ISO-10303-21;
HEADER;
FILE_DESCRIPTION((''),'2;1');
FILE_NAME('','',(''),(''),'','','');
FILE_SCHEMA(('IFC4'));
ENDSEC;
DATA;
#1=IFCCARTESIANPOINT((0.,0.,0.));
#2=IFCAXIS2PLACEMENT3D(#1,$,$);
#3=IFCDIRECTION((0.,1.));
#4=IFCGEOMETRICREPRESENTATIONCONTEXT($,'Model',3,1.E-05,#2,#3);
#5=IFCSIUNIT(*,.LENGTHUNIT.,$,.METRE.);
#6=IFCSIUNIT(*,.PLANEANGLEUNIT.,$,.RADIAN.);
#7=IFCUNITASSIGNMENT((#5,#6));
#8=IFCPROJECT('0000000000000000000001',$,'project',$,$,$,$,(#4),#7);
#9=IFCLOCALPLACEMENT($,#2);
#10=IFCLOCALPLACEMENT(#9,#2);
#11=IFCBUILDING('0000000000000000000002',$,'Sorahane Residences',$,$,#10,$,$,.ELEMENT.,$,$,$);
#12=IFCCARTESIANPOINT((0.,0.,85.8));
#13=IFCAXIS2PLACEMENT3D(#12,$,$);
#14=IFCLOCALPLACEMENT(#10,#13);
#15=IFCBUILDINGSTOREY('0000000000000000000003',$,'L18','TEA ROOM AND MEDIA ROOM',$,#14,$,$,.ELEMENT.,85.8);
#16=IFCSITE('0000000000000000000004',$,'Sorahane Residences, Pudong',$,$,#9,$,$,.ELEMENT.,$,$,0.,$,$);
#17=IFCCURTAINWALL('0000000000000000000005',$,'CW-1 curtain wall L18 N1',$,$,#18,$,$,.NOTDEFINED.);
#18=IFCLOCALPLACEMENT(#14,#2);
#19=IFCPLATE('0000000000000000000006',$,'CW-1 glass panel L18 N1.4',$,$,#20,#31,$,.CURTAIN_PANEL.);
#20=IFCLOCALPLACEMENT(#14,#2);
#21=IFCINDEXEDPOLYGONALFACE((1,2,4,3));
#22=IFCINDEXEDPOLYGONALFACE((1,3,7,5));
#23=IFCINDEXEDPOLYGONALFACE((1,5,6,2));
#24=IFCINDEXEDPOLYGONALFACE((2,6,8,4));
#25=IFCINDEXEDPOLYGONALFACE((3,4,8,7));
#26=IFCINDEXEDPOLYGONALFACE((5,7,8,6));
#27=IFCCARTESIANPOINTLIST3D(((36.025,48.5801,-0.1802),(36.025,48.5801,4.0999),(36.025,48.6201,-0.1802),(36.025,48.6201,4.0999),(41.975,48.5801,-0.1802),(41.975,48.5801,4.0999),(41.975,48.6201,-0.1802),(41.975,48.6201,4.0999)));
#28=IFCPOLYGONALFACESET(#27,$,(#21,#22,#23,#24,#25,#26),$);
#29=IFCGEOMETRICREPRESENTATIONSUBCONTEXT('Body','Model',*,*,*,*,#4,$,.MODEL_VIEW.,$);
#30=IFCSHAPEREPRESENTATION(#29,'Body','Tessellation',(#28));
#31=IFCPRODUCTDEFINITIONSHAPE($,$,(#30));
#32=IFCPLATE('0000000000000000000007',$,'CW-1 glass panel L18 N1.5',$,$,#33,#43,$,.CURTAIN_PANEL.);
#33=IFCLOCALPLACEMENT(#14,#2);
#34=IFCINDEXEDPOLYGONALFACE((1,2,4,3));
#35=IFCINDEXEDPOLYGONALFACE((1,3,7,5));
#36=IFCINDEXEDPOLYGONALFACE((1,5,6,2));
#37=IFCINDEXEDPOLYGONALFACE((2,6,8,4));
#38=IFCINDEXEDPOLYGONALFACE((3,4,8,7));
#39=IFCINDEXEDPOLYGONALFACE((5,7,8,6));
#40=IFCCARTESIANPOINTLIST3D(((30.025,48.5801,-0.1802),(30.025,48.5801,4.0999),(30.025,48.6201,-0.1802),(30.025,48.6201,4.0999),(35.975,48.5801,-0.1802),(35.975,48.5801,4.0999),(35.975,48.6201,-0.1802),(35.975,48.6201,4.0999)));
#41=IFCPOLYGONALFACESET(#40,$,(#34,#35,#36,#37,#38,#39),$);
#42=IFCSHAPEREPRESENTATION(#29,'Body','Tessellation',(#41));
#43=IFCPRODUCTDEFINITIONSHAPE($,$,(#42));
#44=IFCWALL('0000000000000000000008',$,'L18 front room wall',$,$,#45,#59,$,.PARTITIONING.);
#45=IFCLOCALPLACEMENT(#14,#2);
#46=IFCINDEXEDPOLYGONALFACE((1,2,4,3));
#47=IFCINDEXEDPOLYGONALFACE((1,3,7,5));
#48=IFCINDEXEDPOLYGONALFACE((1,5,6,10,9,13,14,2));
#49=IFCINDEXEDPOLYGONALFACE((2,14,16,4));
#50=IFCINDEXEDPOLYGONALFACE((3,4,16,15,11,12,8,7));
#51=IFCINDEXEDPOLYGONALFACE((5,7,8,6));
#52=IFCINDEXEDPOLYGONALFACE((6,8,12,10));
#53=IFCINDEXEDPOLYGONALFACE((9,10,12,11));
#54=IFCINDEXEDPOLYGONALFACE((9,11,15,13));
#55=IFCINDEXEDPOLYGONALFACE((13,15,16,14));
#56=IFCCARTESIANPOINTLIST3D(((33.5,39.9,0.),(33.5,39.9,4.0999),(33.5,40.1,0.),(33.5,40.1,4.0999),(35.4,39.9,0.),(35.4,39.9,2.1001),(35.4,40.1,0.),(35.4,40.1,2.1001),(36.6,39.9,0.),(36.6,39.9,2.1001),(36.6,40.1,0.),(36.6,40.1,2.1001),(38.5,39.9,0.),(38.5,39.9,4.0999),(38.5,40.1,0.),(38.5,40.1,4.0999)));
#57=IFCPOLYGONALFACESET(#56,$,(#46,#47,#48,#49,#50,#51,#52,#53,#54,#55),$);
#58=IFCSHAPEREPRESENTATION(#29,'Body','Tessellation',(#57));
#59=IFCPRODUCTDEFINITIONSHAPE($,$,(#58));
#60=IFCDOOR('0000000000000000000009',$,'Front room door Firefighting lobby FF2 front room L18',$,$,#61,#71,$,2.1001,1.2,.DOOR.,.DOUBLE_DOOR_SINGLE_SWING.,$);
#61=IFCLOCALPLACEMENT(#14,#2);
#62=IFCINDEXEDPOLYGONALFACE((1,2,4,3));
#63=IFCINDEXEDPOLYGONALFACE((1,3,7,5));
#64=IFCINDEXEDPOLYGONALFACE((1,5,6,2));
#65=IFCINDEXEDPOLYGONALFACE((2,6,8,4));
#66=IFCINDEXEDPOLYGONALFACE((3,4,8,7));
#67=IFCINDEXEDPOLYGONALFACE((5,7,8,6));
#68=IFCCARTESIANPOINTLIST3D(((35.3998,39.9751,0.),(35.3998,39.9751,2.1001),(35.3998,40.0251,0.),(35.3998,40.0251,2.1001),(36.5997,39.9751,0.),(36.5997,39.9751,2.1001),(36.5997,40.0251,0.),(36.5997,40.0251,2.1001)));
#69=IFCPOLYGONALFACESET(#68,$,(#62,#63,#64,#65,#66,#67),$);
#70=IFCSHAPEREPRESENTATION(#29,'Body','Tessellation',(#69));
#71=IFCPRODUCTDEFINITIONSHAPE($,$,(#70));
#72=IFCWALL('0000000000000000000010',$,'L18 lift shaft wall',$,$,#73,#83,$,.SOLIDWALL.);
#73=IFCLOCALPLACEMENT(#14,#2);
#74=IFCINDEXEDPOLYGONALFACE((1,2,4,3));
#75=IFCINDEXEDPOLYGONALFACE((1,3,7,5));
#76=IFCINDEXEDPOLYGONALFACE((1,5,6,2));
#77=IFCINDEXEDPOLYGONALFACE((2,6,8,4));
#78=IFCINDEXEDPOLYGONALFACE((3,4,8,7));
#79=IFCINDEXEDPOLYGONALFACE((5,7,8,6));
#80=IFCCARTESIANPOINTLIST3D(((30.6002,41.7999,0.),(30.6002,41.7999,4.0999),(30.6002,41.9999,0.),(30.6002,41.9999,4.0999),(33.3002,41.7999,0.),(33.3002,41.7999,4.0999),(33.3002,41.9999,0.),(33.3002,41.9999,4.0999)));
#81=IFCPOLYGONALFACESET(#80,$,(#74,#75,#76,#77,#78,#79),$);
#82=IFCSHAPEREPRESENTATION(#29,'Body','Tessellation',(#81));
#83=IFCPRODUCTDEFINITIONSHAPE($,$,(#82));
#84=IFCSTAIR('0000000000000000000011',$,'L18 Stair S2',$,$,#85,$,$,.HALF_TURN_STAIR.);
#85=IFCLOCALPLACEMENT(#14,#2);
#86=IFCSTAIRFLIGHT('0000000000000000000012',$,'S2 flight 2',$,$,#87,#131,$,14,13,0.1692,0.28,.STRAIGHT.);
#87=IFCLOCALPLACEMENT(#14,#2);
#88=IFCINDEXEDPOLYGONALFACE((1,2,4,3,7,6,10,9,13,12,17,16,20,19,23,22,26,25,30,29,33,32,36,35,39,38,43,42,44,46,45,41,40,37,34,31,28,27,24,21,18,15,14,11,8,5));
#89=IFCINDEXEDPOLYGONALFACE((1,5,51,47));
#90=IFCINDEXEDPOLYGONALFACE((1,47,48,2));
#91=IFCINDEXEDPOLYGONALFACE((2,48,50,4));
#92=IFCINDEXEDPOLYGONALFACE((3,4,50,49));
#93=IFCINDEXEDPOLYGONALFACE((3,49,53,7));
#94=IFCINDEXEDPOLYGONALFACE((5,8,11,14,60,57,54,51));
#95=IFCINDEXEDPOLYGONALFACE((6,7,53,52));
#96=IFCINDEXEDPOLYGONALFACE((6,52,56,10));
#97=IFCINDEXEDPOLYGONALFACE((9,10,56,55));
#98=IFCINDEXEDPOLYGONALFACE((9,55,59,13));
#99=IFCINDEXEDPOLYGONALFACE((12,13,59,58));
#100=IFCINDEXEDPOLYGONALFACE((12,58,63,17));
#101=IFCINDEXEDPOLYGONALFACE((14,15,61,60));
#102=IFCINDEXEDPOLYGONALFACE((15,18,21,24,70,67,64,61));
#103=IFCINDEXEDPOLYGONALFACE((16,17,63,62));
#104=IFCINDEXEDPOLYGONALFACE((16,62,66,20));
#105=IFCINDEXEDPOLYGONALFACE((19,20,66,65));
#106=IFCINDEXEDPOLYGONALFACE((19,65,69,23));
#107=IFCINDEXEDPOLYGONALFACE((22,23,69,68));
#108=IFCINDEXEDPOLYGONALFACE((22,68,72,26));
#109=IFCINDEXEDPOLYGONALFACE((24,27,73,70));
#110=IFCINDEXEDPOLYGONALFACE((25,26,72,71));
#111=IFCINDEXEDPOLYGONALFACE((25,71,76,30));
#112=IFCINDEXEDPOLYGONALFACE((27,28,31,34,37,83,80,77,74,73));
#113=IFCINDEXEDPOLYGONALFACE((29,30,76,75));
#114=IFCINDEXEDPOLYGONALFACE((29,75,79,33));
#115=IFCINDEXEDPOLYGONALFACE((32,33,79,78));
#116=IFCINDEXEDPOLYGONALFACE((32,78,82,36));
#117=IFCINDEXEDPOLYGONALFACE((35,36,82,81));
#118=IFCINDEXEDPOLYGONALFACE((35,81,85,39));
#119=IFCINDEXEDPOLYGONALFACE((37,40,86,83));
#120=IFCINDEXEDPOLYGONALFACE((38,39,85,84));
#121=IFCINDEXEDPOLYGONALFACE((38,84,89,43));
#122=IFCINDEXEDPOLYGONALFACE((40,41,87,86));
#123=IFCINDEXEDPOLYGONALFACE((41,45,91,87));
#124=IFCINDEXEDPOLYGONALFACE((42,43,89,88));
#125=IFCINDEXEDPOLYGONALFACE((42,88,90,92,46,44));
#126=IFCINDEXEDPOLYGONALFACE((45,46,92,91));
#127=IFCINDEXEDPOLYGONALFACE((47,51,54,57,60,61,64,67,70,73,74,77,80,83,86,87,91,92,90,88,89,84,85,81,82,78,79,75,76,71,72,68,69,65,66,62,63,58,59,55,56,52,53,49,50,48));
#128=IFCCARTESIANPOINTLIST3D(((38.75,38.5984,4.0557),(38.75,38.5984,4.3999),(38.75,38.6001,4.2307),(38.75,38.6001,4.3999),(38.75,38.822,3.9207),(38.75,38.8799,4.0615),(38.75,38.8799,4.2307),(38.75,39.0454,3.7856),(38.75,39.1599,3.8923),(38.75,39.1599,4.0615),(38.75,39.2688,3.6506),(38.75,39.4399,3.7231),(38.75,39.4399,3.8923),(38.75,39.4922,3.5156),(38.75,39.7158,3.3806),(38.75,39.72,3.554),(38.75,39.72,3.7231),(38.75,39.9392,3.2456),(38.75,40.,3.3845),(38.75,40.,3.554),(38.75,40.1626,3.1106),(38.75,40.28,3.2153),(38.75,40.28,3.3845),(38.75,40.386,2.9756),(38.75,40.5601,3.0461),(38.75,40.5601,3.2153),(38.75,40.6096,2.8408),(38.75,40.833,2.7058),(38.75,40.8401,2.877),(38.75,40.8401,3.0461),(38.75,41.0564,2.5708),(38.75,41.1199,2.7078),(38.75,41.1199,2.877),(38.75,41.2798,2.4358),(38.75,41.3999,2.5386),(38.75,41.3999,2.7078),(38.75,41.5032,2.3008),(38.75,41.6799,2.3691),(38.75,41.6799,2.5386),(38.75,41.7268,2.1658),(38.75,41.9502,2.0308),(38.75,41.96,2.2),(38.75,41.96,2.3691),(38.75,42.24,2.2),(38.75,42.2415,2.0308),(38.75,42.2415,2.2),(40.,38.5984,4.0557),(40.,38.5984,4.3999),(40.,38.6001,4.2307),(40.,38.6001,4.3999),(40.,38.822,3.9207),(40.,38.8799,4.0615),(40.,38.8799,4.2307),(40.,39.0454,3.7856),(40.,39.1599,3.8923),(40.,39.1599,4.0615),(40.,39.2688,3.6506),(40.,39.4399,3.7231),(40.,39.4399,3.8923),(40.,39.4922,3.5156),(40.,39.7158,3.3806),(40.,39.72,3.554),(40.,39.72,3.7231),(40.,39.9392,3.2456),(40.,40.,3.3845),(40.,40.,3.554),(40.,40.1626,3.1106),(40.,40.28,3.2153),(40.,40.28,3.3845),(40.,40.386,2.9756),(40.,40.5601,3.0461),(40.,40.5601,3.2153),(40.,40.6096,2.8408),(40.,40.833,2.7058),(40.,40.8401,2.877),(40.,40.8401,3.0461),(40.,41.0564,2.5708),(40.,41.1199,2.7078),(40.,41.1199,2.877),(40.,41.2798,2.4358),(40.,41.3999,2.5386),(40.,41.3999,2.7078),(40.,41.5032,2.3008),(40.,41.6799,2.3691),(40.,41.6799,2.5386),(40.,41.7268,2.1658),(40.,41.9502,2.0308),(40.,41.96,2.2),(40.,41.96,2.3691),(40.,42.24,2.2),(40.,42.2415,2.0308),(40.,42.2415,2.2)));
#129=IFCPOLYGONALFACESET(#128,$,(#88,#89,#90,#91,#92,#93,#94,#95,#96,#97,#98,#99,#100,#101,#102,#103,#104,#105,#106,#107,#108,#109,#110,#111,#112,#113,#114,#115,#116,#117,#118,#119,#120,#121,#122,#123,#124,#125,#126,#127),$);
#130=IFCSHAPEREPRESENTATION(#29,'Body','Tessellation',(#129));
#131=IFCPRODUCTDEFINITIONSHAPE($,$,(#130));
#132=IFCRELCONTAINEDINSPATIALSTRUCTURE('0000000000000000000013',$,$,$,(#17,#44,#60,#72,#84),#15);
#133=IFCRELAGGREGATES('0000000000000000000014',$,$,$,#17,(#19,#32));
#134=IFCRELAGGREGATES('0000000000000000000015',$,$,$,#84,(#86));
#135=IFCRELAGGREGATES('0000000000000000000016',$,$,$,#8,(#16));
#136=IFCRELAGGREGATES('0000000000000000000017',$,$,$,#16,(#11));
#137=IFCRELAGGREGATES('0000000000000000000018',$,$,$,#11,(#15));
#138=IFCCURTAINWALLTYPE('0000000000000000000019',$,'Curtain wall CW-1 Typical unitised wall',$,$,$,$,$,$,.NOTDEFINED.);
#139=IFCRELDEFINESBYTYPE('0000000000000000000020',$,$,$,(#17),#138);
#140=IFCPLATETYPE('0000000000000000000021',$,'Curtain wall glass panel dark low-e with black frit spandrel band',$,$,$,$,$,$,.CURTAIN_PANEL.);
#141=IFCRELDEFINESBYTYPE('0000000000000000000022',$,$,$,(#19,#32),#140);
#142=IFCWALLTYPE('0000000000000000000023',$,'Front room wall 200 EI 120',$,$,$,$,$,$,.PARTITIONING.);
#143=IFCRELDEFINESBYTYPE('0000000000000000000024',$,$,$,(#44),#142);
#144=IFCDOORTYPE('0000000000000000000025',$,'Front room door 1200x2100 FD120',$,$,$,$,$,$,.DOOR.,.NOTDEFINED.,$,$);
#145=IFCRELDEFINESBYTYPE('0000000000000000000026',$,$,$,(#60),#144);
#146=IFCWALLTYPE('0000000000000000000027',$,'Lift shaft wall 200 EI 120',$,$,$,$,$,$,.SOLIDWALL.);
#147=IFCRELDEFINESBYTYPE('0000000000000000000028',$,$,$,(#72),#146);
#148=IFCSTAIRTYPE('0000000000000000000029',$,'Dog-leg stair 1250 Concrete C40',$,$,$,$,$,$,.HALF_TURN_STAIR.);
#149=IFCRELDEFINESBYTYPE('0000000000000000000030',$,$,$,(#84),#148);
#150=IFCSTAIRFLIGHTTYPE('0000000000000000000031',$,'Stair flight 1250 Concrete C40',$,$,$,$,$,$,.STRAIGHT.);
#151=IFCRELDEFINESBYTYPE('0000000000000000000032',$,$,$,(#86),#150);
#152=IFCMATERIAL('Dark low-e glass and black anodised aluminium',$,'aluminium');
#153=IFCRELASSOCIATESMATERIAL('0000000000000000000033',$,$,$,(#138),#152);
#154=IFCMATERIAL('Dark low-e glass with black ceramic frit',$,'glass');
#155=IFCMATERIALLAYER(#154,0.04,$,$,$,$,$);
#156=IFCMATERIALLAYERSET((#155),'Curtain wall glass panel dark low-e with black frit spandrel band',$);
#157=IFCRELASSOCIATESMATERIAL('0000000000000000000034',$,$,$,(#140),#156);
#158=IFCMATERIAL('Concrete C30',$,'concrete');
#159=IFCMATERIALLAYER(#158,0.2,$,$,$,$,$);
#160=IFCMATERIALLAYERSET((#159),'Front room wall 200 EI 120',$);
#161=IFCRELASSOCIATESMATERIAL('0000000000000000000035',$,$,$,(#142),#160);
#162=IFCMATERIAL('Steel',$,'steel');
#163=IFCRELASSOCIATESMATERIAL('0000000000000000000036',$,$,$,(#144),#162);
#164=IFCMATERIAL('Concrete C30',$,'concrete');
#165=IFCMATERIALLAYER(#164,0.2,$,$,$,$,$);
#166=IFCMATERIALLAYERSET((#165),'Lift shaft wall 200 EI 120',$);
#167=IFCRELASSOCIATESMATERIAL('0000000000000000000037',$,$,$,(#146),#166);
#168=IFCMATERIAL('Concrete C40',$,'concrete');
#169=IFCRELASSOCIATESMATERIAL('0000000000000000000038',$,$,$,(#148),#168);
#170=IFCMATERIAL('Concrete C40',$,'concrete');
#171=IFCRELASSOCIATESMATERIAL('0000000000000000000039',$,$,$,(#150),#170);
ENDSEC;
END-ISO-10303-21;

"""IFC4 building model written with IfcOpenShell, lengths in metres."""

from ifc_helpers import new_model, si_unit, direction, frame, frame_2d, origin, origin_2d, place, context, subcontext, project, spatial, polyline, rectangle, outline, extrude, material, layer, layer_set, type_object, element, fill, aggregate, save


model = new_model("IFC4")

# Units and contexts
model_context = context("Model", 3, precision=1e-05, world=origin(), true_north=direction((0.0, 1.0)))
body_context = subcontext(model_context, "Body", "Model", "MODEL_VIEW")
ifc_project = project(units=[si_unit("LENGTHUNIT", "METRE"), si_unit("PLANEANGLEUNIT", "RADIAN")], contexts=[model_context])

# Site, building, storey
site_placement = place(None, origin())
site = spatial("IfcSite", under=ifc_project, at=site_placement, Name="Sorahane Residences, Pudong", CompositionType="ELEMENT", RefElevation=0.0)
building_placement = place(site_placement, origin())
building = spatial("IfcBuilding", under=site, at=building_placement, Name="Sorahane Residences", CompositionType="ELEMENT")
storey_placement = place(building_placement, frame((0.0, 0.0, 85.8)))
storey = spatial("IfcBuildingStorey", under=building, at=storey_placement, Name="L18", Description="TEA ROOM AND MEDIA ROOM", CompositionType="ELEMENT", Elevation=85.8)

# Curtain wall
ifc_material_1 = material(Name="Dark low-e glass and black anodised aluminium", Category="aluminium")
curtain_wall_type = type_object("IfcCurtainWallType", Name="Curtain wall CW-1 Typical unitised wall", PredefinedType="NOTDEFINED", material=ifc_material_1)
curtain_wall_placement = place(storey_placement, origin())
curtain_wall = element("IfcCurtainWall", 1, at=curtain_wall_placement, inside=storey, type_object=curtain_wall_type, Name="CW-1 curtain wall L18 N1", PredefinedType="NOTDEFINED")

# Plates
ifc_material_2 = material(Name="Dark low-e glass with black ceramic frit", Category="glass")
ifc_layer_1 = layer(ifc_material_2, 0.04)
ifc_layer_set_1 = layer_set([ifc_layer_1], Name="Curtain wall glass panel dark low-e with black frit spandrel band")
plate_type = type_object("IfcPlateType", Name="Curtain wall glass panel dark low-e with black frit spandrel band", PredefinedType="CURTAIN_PANEL", material=ifc_layer_set_1)
plate_1_placement = place(storey_placement, frame((39.0, 48.6001, -0.1802), z_axis=(0.0, 0.0, 1.0), x_axis=(-1.0, 0.0, 0.0)))
plate_1 = element("IfcPlate", 2, at=plate_1_placement, type_object=plate_type, Name="CW-1 glass panel L18 N1.4", PredefinedType="CURTAIN_PANEL", context=body_context, shape_type="SweptSolid", body=[
    extrude(rectangle(XDim=5.95, YDim=0.04, at=origin_2d()), origin(), (0.0, 0.0, 1.0), 4.28),
])
plate_2_placement = place(storey_placement, frame((33.0, 48.6001, -0.1802), z_axis=(0.0, 0.0, 1.0), x_axis=(-1.0, 0.0, 0.0)))
plate_2 = element("IfcPlate", 3, at=plate_2_placement, type_object=plate_type, Name="CW-1 glass panel L18 N1.5", PredefinedType="CURTAIN_PANEL", context=body_context, shape_type="SweptSolid", body=[
    extrude(rectangle(XDim=5.95, YDim=0.04, at=origin_2d()), origin(), (0.0, 0.0, 1.0), 4.28),
])
aggregate(curtain_wall, [plate_1, plate_2])

# Wall, opening, door
ifc_material_3 = material(Name="Concrete C30", Category="concrete")
ifc_layer_2 = layer(ifc_material_3, 0.2)
ifc_layer_set_2 = layer_set([ifc_layer_2], Name="Front room wall 200 EI 120")
wall_type_1 = type_object("IfcWallType", Name="Front room wall 200 EI 120", PredefinedType="PARTITIONING", material=ifc_layer_set_2)
wall_1_placement = place(storey_placement, frame((33.5, 40.0, 0.0), z_axis=(0.0, 0.0, 1.0), x_axis=(1.0, 0.0, 0.0)))
wall_1 = element("IfcWall", 4, at=wall_1_placement, inside=storey, type_object=wall_type_1, Name="L18 front room wall", PredefinedType="PARTITIONING", context=body_context, shape_type="SweptSolid", body=[
    extrude(rectangle(XDim=5.0, YDim=0.2, at=frame_2d((2.5, 0.0))), origin(), (0.0, 0.0, 1.0), 4.0999),
])
opening_placement = place(wall_1_placement, frame((1.8999, 0.0, 0.0)))
opening = element("IfcOpeningElement", 5, at=opening_placement, cuts=wall_1, PredefinedType="OPENING", context=body_context, shape_type="SweptSolid", body=[
    extrude(rectangle(XDim=1.2, YDim=2.1001, at=frame_2d((0.6001, 1.05))), frame((0.0, 0.1099, 0.0), z_axis=(0.0, -1.0, 0.0), x_axis=(1.0, 0.0, 0.0)), (0.0, 0.0, 1.0), 0.22),
])
ifc_material_4 = material(Name="Steel", Category="steel")
door_type = type_object("IfcDoorType", Name="Front room door 1200x2100 FD120", OperationType="NOTDEFINED", PredefinedType="DOOR", material=ifc_material_4)
door_placement = place(opening_placement, frame((1.2, 0.0, 0.0), z_axis=(0.0, 0.0, 1.0), x_axis=(-1.0, 0.0, 0.0)))
door = element("IfcDoor", 6, at=door_placement, inside=storey, type_object=door_type, Name="Front room door Firefighting lobby FF2 front room L18", OperationType="DOUBLE_DOOR_SINGLE_SWING", OverallHeight=2.1001, OverallWidth=1.2, PredefinedType="DOOR", context=body_context, shape_type="SweptSolid", body=[
    extrude(rectangle(XDim=1.2, YDim=2.1001, at=frame_2d((0.6001, 1.05))), frame((0.0, 0.0249, 0.0), z_axis=(0.0, -1.0, 0.0), x_axis=(1.0, 0.0, 0.0)), (0.0, 0.0, 1.0), 0.05),
])
fill(opening, door)

# Wall
ifc_material_5 = material(Name="Concrete C30", Category="concrete")
ifc_layer_3 = layer(ifc_material_5, 0.2)
ifc_layer_set_3 = layer_set([ifc_layer_3], Name="Lift shaft wall 200 EI 120")
wall_type_2 = type_object("IfcWallType", Name="Lift shaft wall 200 EI 120", PredefinedType="SOLIDWALL", material=ifc_layer_set_3)
wall_2_placement = place(storey_placement, frame((30.6001, 41.8999, 0.0), z_axis=(0.0, 0.0, 1.0), x_axis=(1.0, 0.0, 0.0)))
element("IfcWall", 7, at=wall_2_placement, inside=storey, type_object=wall_type_2, Name="L18 lift shaft wall", PredefinedType="SOLIDWALL", context=body_context, shape_type="SweptSolid", body=[
    extrude(rectangle(XDim=2.7, YDim=0.2, at=frame_2d((1.3501, 0.0))), origin(), (0.0, 0.0, 1.0), 4.0999),
])

# Stair, stair flight
ifc_material_6 = material(Name="Concrete C40", Category="concrete")
stair_type = type_object("IfcStairType", Name="Dog-leg stair 1250 Concrete C40", PredefinedType="HALF_TURN_STAIR", material=ifc_material_6)
stair_placement = place(storey_placement, origin())
stair = element("IfcStair", 8, at=stair_placement, inside=storey, type_object=stair_type, Name="L18 Stair S2", PredefinedType="HALF_TURN_STAIR")
ifc_material_7 = material(Name="Concrete C40", Category="concrete")
stair_flight_type = type_object("IfcStairFlightType", Name="Stair flight 1250 Concrete C40", PredefinedType="STRAIGHT", material=ifc_material_7)
stair_flight_placement = place(storey_placement, frame((39.375, 42.24, 2.0308), z_axis=(0.0, 0.0, 1.0), x_axis=(0.0, -1.0, 0.0)))
stair_flight = element("IfcStairFlight", 9, at=stair_flight_placement, type_object=stair_flight_type, Name="S2 flight 2", NumberOfRisers=14, NumberOfTreads=13, PredefinedType="STRAIGHT", RiserHeight=0.1692, TreadLength=0.28, context=body_context, shape_type="SweptSolid", body=[
    extrude(outline(polyline([(-0.0015, 0.0), (-0.0015, 0.1692), (0.0, 0.1692), (0.28, 0.1692), (0.28, 0.3384), (0.5601, 0.3384), (0.5601, 0.5078), (0.8401, 0.5078), (0.8401, 0.677), (1.1201, 0.677), (1.1201, 0.8462), (1.3999, 0.8462), (1.3999, 1.0154), (1.6799, 1.0154), (1.6799, 1.1846), (1.96, 1.1846), (1.96, 1.3538), (2.24, 1.3538), (2.24, 1.5232), (2.52, 1.5232), (2.52, 1.6924), (2.8, 1.6924), (2.8, 1.8616), (3.0801, 1.8616), (3.0801, 2.0308), (3.3601, 2.0308), (3.3601, 2.2), (3.6399, 2.2), (3.6399, 2.3691), (3.6416, 2.3691), (3.6416, 2.0249), (3.418, 1.8899), (3.1946, 1.7549), (2.9712, 1.6199), (2.7478, 1.4849), (2.5242, 1.3499), (2.3008, 1.2148), (2.0774, 1.0798), (1.854, 0.9448), (1.6304, 0.8101), (1.407, 0.675), (1.1836, 0.54), (0.9602, 0.405), (0.7368, 0.27), (0.5132, 0.135), (0.2898, 0.0), (-0.0015, 0.0)])), frame((0.0, 0.625, 0.0), z_axis=(0.0, -1.0, 0.0), x_axis=(1.0, 0.0, 0.0)), (0.0, 0.0, 1.0), 1.25),
])
aggregate(stair, [stair_flight])

save(model, "model.ifc")
